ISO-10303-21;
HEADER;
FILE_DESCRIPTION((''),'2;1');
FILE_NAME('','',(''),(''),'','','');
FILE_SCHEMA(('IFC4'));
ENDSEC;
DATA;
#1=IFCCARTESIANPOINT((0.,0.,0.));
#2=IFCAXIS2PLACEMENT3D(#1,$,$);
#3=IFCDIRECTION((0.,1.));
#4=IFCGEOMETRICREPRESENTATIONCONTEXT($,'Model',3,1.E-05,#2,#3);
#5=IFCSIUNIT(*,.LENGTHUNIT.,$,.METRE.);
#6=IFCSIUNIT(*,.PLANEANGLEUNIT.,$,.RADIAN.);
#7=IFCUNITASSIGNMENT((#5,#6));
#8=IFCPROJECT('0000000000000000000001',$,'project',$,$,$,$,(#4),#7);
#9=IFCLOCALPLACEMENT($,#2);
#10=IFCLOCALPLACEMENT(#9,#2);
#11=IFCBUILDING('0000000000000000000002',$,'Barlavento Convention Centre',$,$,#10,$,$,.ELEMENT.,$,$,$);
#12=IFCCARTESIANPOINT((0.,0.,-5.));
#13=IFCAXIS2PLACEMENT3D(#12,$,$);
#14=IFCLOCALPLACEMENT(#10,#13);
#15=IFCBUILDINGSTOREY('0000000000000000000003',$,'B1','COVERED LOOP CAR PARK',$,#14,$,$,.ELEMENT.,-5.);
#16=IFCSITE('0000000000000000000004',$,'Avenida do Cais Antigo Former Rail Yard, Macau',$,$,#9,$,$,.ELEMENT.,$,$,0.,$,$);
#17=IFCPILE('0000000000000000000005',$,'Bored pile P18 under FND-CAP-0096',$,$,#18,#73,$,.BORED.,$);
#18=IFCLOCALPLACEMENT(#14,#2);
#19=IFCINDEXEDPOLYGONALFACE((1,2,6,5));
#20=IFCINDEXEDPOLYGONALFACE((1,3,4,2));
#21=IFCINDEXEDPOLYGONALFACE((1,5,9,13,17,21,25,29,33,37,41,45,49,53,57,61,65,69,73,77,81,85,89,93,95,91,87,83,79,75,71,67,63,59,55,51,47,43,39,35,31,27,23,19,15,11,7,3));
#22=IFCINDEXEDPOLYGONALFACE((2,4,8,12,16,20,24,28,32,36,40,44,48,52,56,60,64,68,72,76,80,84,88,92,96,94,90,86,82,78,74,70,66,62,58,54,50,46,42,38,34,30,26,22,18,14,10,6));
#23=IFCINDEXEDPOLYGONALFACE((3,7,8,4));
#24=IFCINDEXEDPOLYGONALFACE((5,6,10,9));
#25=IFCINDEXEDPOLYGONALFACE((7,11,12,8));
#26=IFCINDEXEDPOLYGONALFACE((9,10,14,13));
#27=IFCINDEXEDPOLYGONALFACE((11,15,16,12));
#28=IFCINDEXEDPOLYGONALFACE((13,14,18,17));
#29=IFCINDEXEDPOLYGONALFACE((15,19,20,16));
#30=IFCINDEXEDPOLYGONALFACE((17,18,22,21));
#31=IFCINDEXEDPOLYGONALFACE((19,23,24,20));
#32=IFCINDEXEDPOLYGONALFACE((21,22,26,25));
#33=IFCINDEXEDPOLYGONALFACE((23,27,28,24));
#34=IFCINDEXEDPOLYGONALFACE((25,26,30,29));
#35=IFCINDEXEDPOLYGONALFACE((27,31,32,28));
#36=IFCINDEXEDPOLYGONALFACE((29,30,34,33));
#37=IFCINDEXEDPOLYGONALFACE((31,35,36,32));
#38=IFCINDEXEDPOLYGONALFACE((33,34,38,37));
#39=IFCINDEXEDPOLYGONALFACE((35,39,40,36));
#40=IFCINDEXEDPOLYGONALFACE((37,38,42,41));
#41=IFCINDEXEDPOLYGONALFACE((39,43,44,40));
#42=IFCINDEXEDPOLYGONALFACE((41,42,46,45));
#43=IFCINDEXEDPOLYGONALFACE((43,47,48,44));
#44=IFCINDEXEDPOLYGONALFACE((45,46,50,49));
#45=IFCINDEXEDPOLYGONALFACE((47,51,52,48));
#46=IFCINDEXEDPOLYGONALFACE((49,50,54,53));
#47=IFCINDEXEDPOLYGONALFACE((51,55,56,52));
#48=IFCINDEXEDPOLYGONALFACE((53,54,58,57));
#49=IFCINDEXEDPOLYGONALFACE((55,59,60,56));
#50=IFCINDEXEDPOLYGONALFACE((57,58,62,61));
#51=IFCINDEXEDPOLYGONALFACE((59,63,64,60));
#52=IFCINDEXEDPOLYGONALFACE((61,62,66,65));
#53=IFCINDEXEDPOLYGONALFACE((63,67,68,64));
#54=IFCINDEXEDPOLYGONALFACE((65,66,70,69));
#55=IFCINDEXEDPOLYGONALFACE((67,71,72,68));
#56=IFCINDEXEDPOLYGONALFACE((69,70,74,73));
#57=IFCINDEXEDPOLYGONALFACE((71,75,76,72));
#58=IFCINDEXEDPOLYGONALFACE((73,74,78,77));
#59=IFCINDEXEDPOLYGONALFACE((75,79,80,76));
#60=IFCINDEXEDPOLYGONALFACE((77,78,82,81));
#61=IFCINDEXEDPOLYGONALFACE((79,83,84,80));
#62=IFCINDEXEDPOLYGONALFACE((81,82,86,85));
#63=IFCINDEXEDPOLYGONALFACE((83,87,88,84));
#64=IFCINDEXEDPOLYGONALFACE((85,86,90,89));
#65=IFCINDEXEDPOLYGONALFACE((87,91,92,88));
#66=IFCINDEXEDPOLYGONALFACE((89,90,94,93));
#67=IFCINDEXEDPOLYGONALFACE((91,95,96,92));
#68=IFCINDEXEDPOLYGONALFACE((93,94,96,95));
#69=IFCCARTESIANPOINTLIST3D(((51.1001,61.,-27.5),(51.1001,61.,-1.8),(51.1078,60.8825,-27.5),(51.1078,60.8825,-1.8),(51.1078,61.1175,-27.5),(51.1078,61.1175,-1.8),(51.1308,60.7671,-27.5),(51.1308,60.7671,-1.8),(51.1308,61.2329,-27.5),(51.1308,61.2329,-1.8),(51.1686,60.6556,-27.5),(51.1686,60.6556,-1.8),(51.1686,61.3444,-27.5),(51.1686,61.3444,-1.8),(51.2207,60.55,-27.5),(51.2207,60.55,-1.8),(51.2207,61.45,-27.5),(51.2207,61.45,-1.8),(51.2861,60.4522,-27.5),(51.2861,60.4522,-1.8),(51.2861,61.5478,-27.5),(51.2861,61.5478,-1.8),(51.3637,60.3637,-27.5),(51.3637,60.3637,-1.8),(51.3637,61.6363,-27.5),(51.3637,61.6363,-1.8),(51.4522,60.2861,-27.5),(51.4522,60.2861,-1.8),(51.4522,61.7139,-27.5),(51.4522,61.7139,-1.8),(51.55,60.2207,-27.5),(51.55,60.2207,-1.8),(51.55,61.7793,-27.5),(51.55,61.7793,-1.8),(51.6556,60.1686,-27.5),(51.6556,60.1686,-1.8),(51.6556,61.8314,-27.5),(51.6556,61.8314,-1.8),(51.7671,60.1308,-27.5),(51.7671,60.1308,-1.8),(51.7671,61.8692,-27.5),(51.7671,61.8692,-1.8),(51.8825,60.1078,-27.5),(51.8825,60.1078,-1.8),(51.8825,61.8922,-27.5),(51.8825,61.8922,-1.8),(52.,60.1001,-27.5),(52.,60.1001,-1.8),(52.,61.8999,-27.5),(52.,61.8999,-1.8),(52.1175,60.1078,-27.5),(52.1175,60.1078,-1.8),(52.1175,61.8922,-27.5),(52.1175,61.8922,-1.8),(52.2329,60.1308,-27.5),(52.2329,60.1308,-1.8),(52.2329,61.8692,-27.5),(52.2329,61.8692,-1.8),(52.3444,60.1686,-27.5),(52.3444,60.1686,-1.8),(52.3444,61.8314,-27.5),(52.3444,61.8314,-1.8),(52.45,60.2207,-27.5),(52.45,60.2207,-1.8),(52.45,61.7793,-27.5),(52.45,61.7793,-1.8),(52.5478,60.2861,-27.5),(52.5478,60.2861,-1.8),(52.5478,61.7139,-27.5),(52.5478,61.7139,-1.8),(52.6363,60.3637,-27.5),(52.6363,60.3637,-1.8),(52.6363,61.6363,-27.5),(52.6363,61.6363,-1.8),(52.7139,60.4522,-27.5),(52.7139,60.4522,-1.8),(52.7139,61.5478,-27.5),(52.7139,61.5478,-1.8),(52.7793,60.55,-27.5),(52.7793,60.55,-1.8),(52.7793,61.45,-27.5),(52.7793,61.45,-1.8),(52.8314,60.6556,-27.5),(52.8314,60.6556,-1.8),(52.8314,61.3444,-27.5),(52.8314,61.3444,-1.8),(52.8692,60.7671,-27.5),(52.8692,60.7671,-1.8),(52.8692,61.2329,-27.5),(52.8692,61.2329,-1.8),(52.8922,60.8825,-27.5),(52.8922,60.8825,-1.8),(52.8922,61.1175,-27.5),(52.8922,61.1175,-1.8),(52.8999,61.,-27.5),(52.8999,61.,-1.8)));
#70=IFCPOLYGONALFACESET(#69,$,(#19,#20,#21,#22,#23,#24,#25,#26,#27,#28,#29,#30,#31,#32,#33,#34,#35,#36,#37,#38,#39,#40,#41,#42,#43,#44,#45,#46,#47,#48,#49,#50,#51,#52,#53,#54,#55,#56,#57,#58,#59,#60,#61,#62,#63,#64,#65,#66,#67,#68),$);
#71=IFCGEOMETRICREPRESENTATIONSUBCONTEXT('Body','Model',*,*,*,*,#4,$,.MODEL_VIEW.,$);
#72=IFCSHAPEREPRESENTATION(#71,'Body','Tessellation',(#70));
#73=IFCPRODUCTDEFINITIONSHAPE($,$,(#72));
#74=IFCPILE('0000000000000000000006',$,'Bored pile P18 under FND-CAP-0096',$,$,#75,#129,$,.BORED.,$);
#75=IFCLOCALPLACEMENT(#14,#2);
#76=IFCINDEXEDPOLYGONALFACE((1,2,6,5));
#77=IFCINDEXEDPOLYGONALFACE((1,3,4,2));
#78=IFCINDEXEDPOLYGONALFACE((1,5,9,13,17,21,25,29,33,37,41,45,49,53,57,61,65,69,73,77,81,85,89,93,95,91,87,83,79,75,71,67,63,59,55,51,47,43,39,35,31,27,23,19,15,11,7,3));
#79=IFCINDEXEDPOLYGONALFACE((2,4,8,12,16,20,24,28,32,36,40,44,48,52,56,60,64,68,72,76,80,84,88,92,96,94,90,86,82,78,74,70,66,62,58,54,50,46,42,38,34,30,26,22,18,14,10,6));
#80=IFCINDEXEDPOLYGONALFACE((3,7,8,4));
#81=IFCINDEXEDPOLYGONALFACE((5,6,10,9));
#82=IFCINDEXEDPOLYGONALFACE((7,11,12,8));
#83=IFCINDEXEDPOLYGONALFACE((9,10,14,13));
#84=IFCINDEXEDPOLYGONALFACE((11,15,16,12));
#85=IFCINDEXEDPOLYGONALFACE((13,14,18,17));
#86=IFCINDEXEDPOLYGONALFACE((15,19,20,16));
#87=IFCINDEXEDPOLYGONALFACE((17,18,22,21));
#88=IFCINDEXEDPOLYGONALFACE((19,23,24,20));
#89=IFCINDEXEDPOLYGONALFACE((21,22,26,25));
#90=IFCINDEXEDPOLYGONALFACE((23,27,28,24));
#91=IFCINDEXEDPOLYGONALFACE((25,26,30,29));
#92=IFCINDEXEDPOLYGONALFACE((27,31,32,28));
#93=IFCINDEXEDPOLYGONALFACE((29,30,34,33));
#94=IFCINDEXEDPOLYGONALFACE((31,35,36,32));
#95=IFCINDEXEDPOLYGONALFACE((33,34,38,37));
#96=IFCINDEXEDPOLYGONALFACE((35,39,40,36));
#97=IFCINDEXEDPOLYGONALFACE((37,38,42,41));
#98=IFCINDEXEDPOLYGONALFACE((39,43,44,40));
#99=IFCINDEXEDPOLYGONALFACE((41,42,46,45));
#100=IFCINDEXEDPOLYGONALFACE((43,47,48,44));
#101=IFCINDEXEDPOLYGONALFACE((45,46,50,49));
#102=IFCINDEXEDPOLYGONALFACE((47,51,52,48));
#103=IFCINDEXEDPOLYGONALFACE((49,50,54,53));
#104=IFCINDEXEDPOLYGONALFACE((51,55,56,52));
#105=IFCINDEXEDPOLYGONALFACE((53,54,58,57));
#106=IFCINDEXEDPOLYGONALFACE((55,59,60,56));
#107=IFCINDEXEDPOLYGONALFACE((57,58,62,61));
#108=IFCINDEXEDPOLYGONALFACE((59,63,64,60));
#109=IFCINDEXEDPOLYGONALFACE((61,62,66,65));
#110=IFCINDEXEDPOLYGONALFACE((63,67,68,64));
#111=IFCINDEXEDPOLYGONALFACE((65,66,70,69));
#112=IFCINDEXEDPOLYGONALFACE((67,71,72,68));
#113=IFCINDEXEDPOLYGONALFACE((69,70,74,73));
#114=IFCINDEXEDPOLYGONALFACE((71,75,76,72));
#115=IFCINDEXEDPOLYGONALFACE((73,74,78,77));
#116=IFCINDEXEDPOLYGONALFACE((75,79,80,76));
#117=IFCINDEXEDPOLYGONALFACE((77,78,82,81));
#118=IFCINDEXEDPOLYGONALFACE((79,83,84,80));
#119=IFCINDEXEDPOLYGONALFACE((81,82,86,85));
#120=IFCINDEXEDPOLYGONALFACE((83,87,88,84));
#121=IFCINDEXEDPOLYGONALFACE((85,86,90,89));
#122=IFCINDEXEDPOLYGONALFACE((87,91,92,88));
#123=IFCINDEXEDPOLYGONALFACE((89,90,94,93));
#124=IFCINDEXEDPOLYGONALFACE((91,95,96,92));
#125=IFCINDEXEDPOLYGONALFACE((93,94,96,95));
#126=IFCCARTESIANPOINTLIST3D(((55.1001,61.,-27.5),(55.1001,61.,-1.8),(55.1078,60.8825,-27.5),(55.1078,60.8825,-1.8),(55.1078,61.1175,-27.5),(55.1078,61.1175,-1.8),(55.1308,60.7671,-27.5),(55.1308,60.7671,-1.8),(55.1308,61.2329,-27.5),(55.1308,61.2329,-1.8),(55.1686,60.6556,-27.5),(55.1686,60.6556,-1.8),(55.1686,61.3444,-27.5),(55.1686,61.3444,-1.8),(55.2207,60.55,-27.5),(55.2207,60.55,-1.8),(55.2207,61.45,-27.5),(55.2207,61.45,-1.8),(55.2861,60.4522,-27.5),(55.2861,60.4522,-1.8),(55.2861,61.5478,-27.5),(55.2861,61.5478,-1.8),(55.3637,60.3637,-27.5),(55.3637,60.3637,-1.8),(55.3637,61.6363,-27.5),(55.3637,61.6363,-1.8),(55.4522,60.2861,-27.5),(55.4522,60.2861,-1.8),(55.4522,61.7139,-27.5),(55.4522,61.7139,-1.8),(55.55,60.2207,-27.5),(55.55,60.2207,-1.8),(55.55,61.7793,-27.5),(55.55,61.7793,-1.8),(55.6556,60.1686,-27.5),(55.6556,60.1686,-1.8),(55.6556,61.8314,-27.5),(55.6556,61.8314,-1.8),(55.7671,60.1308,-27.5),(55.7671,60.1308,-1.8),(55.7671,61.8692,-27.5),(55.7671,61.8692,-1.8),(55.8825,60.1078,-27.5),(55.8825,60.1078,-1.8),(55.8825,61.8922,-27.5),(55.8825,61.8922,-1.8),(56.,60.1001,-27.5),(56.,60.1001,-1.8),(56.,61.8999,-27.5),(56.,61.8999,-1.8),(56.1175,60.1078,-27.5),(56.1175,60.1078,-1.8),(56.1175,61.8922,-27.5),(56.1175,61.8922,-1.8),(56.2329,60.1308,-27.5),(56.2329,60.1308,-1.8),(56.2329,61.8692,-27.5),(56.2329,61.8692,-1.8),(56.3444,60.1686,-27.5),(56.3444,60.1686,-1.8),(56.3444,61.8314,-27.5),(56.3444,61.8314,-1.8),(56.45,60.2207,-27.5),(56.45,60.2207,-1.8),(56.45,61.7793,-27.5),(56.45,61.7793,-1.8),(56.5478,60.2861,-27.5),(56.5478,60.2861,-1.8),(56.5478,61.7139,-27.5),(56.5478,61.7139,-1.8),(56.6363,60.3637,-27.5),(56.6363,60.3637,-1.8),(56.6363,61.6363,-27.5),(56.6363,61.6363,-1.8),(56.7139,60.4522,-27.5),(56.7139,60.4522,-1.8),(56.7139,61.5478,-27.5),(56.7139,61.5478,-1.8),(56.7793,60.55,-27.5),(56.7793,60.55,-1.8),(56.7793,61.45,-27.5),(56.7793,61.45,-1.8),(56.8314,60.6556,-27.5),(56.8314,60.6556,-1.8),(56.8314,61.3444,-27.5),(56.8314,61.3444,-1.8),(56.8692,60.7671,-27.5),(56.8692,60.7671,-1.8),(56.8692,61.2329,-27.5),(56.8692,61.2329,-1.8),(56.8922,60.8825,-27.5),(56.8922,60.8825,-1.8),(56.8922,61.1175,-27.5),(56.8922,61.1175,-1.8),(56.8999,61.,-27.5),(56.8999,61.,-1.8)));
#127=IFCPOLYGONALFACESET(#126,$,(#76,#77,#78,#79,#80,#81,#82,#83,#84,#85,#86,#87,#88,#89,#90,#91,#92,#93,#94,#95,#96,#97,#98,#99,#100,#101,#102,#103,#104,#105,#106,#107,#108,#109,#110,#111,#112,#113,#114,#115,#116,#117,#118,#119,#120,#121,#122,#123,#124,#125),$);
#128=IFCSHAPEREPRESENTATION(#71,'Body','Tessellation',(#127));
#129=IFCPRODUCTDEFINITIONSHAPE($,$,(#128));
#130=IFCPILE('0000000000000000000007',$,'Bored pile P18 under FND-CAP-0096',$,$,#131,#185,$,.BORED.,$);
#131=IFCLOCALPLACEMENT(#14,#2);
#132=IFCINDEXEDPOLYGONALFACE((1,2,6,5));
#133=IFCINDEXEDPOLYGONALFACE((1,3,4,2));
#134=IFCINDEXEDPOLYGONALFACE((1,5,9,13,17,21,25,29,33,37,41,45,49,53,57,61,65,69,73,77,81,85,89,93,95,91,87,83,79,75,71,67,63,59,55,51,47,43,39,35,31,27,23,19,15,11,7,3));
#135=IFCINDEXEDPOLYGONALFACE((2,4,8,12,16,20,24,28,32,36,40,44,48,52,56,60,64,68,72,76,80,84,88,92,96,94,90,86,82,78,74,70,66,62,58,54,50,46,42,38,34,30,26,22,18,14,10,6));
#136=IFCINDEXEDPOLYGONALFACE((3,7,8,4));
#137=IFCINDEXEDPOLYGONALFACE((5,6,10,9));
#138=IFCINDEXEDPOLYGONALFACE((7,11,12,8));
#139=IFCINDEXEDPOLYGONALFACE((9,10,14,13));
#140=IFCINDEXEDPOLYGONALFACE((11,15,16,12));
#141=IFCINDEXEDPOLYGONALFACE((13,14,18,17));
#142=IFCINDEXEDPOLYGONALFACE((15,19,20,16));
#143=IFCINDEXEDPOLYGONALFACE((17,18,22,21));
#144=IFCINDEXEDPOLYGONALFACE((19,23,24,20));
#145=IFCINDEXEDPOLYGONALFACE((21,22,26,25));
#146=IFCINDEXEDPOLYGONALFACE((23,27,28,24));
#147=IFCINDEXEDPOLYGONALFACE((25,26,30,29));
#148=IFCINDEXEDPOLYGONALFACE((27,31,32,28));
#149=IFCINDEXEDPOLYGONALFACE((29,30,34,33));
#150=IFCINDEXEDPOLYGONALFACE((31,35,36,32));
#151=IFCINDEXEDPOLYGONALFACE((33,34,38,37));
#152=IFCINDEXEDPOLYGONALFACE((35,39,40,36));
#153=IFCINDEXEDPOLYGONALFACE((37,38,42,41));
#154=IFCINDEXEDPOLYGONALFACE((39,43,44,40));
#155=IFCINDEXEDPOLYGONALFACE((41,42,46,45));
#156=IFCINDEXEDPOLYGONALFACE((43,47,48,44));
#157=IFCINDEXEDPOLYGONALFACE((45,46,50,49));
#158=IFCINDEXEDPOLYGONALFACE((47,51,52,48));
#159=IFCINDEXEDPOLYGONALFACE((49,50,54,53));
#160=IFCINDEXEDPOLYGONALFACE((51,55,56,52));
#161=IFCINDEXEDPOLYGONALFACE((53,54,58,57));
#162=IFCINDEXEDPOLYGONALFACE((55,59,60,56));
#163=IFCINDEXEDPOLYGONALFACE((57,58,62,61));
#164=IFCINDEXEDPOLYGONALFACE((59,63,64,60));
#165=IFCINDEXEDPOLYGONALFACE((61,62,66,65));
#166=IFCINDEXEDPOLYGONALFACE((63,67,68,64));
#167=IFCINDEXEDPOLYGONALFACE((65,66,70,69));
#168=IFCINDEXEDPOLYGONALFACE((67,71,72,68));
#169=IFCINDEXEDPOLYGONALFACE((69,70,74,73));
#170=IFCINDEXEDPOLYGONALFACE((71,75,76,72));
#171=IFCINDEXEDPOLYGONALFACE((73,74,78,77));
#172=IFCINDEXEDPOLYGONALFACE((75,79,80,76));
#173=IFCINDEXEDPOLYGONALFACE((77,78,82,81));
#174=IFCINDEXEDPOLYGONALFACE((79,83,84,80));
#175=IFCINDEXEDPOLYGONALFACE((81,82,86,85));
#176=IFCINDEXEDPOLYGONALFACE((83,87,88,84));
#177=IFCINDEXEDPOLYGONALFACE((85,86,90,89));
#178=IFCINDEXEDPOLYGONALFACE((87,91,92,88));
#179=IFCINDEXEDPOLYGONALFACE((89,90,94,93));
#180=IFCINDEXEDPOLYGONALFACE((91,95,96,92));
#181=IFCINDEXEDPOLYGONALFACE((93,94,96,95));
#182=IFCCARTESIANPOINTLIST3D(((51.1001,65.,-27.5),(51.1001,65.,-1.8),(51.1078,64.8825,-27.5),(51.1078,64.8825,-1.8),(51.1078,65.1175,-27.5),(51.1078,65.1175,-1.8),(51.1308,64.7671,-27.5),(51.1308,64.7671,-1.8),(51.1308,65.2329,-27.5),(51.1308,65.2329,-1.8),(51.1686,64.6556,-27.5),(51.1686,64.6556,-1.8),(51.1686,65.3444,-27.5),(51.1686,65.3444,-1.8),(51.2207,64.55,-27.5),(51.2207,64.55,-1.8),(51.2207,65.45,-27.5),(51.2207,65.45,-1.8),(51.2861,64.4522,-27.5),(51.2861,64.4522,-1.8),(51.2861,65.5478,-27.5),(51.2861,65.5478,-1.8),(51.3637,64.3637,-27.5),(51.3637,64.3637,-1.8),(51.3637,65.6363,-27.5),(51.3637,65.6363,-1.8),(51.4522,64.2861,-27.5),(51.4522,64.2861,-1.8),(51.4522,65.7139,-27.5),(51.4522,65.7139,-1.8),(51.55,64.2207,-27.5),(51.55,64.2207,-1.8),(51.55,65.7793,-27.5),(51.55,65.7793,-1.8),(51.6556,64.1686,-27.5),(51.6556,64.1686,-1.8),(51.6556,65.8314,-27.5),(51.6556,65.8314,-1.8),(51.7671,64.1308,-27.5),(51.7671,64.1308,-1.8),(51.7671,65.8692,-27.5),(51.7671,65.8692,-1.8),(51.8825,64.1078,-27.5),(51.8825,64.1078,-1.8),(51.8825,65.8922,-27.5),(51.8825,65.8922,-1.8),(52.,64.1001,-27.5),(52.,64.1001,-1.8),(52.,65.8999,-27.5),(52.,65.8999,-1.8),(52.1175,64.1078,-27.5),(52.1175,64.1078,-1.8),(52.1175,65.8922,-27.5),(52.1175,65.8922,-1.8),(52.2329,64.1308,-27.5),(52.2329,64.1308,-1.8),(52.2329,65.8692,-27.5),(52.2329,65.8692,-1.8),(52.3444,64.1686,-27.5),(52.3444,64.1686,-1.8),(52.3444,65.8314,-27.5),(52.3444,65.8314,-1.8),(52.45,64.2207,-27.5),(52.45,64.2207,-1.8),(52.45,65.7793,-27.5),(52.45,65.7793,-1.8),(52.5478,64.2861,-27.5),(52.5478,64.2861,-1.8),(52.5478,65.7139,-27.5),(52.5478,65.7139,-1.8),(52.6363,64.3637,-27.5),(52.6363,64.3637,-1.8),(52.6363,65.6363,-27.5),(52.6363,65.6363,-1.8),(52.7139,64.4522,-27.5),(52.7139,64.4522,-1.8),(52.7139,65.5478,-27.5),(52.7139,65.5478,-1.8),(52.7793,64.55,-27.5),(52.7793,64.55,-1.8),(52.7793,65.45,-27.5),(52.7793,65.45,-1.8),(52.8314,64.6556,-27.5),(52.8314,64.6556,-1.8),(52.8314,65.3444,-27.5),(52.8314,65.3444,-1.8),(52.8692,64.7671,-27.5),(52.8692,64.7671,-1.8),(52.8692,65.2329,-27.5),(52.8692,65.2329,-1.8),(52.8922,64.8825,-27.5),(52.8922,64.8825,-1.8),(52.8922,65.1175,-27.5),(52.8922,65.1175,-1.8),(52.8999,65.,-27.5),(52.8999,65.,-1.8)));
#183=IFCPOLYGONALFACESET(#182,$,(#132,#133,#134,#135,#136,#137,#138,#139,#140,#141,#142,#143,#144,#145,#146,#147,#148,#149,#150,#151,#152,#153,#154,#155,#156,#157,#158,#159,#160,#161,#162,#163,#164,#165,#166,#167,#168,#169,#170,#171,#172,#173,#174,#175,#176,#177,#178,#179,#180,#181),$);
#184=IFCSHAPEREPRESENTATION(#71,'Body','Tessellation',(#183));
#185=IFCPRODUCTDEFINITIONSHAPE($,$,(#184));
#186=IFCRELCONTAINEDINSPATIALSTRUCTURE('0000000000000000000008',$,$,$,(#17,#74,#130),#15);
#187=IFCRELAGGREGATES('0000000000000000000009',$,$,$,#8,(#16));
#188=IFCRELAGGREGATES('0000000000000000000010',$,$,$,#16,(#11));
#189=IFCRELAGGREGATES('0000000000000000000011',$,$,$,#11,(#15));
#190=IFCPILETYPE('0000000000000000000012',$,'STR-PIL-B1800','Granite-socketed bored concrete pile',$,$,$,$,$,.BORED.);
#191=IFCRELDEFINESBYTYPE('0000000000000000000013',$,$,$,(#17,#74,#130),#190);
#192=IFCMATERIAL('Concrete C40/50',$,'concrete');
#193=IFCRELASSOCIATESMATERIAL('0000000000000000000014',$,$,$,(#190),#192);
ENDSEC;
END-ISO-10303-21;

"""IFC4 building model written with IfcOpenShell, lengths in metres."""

from ifc_helpers import new_model, si_unit, direction, frame, origin, origin_2d, place, context, subcontext, project, spatial, circle, extrude, material, material_profile, profile_set, type_object, element, save


model = new_model("IFC4")

# Units and contexts
model_context = context("Model", 3, precision=1e-05, world=origin(), true_north=direction((0.0, 1.0)))
body_context = subcontext(model_context, "Body", "Model", "MODEL_VIEW")
ifc_project = project(units=[si_unit("LENGTHUNIT", "METRE"), si_unit("PLANEANGLEUNIT", "RADIAN")], contexts=[model_context])

# Site, building, storey
site_placement = place(None, origin())
site = spatial("IfcSite", under=ifc_project, at=site_placement, Name="Avenida do Cais Antigo Former Rail Yard, Macau", CompositionType="ELEMENT", RefElevation=0.0)
building_placement = place(site_placement, origin())
building = spatial("IfcBuilding", under=site, at=building_placement, Name="Barlavento Convention Centre", CompositionType="ELEMENT")
storey_placement = place(building_placement, frame((0.0, 0.0, -5.0)))
storey = spatial("IfcBuildingStorey", under=building, at=storey_placement, Name="B1", Description="COVERED LOOP CAR PARK", CompositionType="ELEMENT", Elevation=-5.0)

# Shared definitions
ifc_material_1 = material(Name="Concrete C40/50", Category="concrete")

# Piles
ifc_material_profile_1 = material_profile(ifc_material_1, circle(Radius=0.8999, at=origin_2d()), Name="BORED PILE 1800")
ifc_profile_set_1 = profile_set([ifc_material_profile_1], Name="Concrete C40/50")
pile_type_1 = type_object("IfcPileType", Name="STR-PIL-B1800", Description="Granite-socketed bored concrete pile", PredefinedType="BORED", material=ifc_profile_set_1)
for number, where, z_axis, x_axis, name in (
    (1, (52.0, 61.0, -1.8), (0.0, 0.0, -1.0), (1.0, 0.0, 0.0), "Bored pile P18 under FND-CAP-0096"),
    (2, (56.0, 61.0, -1.8), (0.0, 0.0, -1.0), (1.0, 0.0, 0.0), "Bored pile P18 under FND-CAP-0096"),
    (3, (52.0, 65.0, -1.8), (0.0, 0.0, -1.0), (1.0, 0.0, 0.0), "Bored pile P18 under FND-CAP-0096"),
):
    element("IfcPile", number, at=place(storey_placement, frame(where, z_axis=z_axis, x_axis=x_axis)), inside=storey, type_object=pile_type_1, Name=name, PredefinedType="BORED", context=body_context, shape_type="SweptSolid", body=[
        extrude(circle(Radius=0.8999, at=origin_2d()), origin(), (0.0, 0.0, 1.0), 25.7),
    ])

save(model, "model.ifc")
